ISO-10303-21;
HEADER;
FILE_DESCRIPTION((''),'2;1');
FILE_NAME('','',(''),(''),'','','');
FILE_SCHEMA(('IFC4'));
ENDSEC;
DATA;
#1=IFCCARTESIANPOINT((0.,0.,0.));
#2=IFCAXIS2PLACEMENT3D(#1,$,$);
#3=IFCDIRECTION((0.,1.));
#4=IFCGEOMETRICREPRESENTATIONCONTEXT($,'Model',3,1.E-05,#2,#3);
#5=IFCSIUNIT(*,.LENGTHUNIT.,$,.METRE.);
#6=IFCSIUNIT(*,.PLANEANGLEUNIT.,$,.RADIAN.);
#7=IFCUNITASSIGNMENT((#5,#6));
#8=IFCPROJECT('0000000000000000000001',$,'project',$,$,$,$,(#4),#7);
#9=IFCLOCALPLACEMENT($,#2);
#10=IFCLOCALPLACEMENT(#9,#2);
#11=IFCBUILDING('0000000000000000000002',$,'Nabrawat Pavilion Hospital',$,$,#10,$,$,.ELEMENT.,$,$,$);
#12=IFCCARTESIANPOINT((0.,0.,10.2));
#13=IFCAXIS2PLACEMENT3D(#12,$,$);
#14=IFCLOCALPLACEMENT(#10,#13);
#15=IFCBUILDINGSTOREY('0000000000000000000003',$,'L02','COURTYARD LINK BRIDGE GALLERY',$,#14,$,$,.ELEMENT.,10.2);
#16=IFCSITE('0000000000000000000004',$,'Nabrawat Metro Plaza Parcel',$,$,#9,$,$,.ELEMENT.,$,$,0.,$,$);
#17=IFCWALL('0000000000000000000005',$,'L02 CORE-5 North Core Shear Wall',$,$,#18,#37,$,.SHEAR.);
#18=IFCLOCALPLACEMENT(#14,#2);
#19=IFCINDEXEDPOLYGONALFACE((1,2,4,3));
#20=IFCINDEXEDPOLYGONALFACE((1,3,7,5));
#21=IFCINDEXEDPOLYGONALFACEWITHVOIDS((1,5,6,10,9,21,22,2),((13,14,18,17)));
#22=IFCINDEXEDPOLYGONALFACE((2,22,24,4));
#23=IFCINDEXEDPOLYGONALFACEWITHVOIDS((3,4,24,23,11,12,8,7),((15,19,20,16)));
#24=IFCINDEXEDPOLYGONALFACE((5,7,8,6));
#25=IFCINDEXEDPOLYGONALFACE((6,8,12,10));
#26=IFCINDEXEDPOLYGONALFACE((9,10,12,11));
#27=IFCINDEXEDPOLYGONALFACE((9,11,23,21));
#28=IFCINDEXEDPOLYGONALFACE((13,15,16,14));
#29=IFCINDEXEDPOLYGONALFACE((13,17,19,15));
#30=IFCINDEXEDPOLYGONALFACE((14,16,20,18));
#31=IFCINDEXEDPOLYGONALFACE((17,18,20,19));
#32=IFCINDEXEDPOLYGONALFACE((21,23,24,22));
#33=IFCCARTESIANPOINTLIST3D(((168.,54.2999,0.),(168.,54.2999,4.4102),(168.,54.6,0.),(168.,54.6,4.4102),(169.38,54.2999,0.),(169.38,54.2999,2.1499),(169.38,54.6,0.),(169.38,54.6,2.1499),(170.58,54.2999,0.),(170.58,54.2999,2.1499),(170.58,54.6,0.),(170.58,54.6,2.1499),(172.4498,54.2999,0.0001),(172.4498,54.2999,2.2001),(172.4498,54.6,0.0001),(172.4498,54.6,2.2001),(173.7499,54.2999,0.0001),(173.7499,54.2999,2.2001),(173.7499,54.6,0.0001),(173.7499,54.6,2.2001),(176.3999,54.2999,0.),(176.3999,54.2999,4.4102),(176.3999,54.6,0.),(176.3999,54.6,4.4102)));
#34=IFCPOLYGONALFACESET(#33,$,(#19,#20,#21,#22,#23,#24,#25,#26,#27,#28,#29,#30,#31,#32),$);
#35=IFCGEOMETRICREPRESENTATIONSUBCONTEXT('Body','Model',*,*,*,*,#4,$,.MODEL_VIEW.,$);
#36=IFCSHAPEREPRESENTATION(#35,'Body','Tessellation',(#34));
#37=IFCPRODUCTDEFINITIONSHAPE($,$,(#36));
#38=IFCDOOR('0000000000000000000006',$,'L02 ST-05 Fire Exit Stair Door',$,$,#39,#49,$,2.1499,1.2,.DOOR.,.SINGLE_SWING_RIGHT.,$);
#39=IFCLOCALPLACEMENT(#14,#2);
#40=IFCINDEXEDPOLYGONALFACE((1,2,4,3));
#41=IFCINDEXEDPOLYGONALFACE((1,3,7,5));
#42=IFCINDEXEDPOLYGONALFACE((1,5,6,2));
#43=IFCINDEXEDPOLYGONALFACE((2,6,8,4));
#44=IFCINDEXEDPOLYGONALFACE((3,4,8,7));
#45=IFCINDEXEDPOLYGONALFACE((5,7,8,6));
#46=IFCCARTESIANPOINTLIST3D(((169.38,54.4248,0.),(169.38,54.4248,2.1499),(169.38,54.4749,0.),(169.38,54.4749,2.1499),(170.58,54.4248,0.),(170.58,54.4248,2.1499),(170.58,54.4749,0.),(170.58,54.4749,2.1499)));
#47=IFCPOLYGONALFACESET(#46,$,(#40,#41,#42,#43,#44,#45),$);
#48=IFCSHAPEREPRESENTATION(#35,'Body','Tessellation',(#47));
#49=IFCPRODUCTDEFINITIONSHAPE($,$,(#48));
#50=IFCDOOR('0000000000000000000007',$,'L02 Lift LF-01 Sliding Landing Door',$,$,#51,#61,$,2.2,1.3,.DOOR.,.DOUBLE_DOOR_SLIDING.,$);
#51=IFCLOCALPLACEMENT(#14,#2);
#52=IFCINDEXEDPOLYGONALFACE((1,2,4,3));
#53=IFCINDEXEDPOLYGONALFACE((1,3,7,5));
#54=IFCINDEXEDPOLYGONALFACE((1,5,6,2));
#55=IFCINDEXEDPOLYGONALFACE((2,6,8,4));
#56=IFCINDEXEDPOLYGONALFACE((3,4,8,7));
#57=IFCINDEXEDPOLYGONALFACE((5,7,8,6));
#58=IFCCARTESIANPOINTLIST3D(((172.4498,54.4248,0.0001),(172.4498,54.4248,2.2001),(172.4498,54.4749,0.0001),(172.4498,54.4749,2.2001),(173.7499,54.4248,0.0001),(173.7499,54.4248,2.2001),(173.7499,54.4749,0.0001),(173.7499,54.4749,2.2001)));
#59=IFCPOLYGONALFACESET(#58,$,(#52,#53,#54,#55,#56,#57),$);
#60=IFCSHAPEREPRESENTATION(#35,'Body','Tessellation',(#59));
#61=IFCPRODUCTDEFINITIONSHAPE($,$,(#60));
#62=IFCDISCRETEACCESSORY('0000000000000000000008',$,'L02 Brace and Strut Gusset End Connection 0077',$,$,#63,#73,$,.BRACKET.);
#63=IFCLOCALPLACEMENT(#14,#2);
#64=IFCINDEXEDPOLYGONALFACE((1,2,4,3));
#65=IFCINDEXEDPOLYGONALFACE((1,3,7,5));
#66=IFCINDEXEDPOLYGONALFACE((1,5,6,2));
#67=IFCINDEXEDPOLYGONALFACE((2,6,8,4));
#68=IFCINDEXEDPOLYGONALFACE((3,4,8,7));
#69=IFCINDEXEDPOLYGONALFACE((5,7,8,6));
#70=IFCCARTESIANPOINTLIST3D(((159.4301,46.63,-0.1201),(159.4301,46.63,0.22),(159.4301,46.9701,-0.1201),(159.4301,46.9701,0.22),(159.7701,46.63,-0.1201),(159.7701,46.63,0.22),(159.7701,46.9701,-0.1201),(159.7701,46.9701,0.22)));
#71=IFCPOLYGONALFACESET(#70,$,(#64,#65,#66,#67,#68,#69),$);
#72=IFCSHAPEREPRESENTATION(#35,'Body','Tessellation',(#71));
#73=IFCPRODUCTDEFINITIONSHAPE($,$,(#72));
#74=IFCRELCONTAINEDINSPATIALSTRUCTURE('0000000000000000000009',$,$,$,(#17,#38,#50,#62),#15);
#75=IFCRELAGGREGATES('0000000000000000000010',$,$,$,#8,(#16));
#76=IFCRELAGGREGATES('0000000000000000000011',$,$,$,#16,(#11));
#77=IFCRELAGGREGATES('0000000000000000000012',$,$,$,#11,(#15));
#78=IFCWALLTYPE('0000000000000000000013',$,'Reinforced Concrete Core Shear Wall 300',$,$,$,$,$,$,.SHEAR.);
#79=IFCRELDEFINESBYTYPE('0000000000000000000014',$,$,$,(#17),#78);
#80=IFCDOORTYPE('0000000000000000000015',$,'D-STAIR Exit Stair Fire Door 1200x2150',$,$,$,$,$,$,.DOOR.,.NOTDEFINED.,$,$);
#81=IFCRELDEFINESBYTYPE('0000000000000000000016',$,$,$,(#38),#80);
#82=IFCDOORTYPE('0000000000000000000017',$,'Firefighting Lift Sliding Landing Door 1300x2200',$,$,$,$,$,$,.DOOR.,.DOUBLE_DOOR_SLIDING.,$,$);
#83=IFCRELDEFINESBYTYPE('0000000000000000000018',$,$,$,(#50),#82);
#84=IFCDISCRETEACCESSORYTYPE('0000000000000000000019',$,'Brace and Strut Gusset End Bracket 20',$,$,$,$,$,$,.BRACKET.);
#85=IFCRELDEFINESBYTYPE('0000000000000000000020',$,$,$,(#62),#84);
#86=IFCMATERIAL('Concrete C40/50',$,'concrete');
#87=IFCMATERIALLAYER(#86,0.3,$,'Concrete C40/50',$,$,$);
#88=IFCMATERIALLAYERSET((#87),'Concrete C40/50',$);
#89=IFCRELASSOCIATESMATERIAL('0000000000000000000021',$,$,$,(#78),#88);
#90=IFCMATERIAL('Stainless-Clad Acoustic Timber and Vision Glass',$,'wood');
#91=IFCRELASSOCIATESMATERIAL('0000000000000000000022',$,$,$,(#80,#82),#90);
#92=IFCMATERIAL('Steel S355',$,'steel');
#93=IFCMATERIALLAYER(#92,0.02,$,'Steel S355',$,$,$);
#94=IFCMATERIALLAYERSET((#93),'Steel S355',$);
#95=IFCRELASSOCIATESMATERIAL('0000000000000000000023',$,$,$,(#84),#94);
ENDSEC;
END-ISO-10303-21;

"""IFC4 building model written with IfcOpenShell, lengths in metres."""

from ifc_helpers import new_model, si_unit, direction, frame, frame_2d, origin, origin_2d, place, context, subcontext, project, spatial, rectangle, extrude, material, layer, layer_set, type_object, element, fill, save


model = new_model("IFC4")

# Units and contexts
model_context = context("Model", 3, precision=1e-05, world=origin(), true_north=direction((0.0, 1.0)))
body_context = subcontext(model_context, "Body", "Model", "MODEL_VIEW")
ifc_project = project(units=[si_unit("LENGTHUNIT", "METRE"), si_unit("PLANEANGLEUNIT", "RADIAN")], contexts=[model_context])

# Site, building, storey
site_placement = place(None, origin())
site = spatial("IfcSite", under=ifc_project, at=site_placement, Name="Nabrawat Metro Plaza Parcel", CompositionType="ELEMENT", RefElevation=0.0)
building_placement = place(site_placement, origin())
building = spatial("IfcBuilding", under=site, at=building_placement, Name="Nabrawat Pavilion Hospital", CompositionType="ELEMENT")
storey_placement = place(building_placement, frame((0.0, 0.0, 10.2)))
storey = spatial("IfcBuildingStorey", under=building, at=storey_placement, Name="L02", Description="COURTYARD LINK BRIDGE GALLERY", CompositionType="ELEMENT", Elevation=10.2)

# Shared definitions
ifc_material_1 = material(Name="Steel S355", Category="steel")
ifc_material_2 = material(Name="Concrete C40/50", Category="concrete")

# Shared definitions
ifc_material_3 = material(Name="Stainless-Clad Acoustic Timber and Vision Glass", Category="wood")

# Shared definitions
ifc_layer_1 = layer(ifc_material_2, 0.3, Name="Concrete C40/50")
ifc_layer_set_1 = layer_set([ifc_layer_1], Name="Concrete C40/50")
wall_type_1 = type_object("IfcWallType", Name="Reinforced Concrete Core Shear Wall 300", PredefinedType="SHEAR", material=ifc_layer_set_1)

# Wall, openings, doors
wall_1_placement = place(storey_placement, frame((168.0, 54.45, 0.0), z_axis=(0.0, 0.0, 1.0), x_axis=(1.0, 0.0, 0.0)))
wall_1 = element("IfcWall", 1, at=wall_1_placement, inside=storey, type_object=wall_type_1, Name="L02 CORE-5 North Core Shear Wall", PredefinedType="SHEAR", context=body_context, shape_type="SweptSolid", body=[
    extrude(rectangle(XDim=8.3999, YDim=0.3, at=frame_2d((4.2, 0.0))), origin(), (0.0, 0.0, 1.0), 4.4102),
])
opening_1_placement = place(wall_1_placement, frame((1.3799, 0.0, 0.0)))
opening_1 = element("IfcOpeningElement", 2, at=opening_1_placement, cuts=wall_1, PredefinedType="OPENING", context=body_context, shape_type="SweptSolid", body=[
    extrude(rectangle(XDim=1.2, YDim=2.1499, at=frame_2d((0.6001, 1.075))), frame((0.0, 0.1602, 0.0), z_axis=(0.0, -1.0, 0.0), x_axis=(1.0, 0.0, 0.0)), (0.0, 0.0, 1.0), 0.3201),
])
opening_2_placement = place(wall_1_placement, frame((4.45, 0.0, 0.0)))
opening_2 = element("IfcOpeningElement", 3, at=opening_2_placement, cuts=wall_1, PredefinedType="OPENING", context=body_context, shape_type="SweptSolid", body=[
    extrude(rectangle(XDim=1.3, YDim=2.2, at=frame_2d((0.6499, 1.1001))), frame((0.0, 0.1602, 0.0), z_axis=(0.0, -1.0, 0.0), x_axis=(1.0, 0.0, 0.0)), (0.0, 0.0, 1.0), 0.3201),
])
door_type_1 = type_object("IfcDoorType", Name="D-STAIR Exit Stair Fire Door 1200x2150", OperationType="NOTDEFINED", PredefinedType="DOOR", material=ifc_material_3)
door_1_placement = place(opening_1_placement, origin())
door_1 = element("IfcDoor", 4, at=door_1_placement, inside=storey, type_object=door_type_1, Name="L02 ST-05 Fire Exit Stair Door", OperationType="SINGLE_SWING_RIGHT", OverallHeight=2.1499, OverallWidth=1.2, PredefinedType="DOOR", context=body_context, shape_type="SweptSolid", body=[
    extrude(rectangle(XDim=1.2, YDim=2.1499, at=frame_2d((0.6001, 1.075))), frame((0.0, 0.0249, 0.0), z_axis=(0.0, -1.0, 0.0), x_axis=(1.0, 0.0, 0.0)), (0.0, 0.0, 1.0), 0.05),
])
fill(opening_1, door_1)
door_type_2 = type_object("IfcDoorType", Name="Firefighting Lift Sliding Landing Door 1300x2200", OperationType="DOUBLE_DOOR_SLIDING", PredefinedType="DOOR", material=ifc_material_3)
door_2_placement = place(opening_2_placement, origin())
door_2 = element("IfcDoor", 5, at=door_2_placement, inside=storey, type_object=door_type_2, Name="L02 Lift LF-01 Sliding Landing Door", OperationType="DOUBLE_DOOR_SLIDING", OverallHeight=2.2, OverallWidth=1.3, PredefinedType="DOOR", context=body_context, shape_type="SweptSolid", body=[
    extrude(rectangle(XDim=1.3, YDim=2.2, at=frame_2d((0.6499, 1.1001))), frame((0.0, 0.0249, 0.0), z_axis=(0.0, -1.0, 0.0), x_axis=(1.0, 0.0, 0.0)), (0.0, 0.0, 1.0), 0.05),
])
fill(opening_2, door_2)

# Discrete accessory
ifc_layer_2 = layer(ifc_material_1, 0.02, Name="Steel S355")
ifc_layer_set_2 = layer_set([ifc_layer_2], Name="Steel S355")
discrete_accessory_type = type_object("IfcDiscreteAccessoryType", Name="Brace and Strut Gusset End Bracket 20", PredefinedType="BRACKET", material=ifc_layer_set_2)
discrete_accessory_placement = place(storey_placement, frame((159.6001, 46.8, -0.1201), z_axis=(0.0, 0.0, 1.0), x_axis=(1.0, 0.0, 0.0)))
element("IfcDiscreteAccessory", 6, at=discrete_accessory_placement, inside=storey, type_object=discrete_accessory_type, Name="L02 Brace and Strut Gusset End Connection 0077", PredefinedType="BRACKET", context=body_context, shape_type="SweptSolid", body=[
    extrude(rectangle(XDim=0.3401, YDim=0.3401, at=origin_2d()), origin(), (0.0, 0.0, 1.0), 0.3401),
])

save(model, "model.ifc")
